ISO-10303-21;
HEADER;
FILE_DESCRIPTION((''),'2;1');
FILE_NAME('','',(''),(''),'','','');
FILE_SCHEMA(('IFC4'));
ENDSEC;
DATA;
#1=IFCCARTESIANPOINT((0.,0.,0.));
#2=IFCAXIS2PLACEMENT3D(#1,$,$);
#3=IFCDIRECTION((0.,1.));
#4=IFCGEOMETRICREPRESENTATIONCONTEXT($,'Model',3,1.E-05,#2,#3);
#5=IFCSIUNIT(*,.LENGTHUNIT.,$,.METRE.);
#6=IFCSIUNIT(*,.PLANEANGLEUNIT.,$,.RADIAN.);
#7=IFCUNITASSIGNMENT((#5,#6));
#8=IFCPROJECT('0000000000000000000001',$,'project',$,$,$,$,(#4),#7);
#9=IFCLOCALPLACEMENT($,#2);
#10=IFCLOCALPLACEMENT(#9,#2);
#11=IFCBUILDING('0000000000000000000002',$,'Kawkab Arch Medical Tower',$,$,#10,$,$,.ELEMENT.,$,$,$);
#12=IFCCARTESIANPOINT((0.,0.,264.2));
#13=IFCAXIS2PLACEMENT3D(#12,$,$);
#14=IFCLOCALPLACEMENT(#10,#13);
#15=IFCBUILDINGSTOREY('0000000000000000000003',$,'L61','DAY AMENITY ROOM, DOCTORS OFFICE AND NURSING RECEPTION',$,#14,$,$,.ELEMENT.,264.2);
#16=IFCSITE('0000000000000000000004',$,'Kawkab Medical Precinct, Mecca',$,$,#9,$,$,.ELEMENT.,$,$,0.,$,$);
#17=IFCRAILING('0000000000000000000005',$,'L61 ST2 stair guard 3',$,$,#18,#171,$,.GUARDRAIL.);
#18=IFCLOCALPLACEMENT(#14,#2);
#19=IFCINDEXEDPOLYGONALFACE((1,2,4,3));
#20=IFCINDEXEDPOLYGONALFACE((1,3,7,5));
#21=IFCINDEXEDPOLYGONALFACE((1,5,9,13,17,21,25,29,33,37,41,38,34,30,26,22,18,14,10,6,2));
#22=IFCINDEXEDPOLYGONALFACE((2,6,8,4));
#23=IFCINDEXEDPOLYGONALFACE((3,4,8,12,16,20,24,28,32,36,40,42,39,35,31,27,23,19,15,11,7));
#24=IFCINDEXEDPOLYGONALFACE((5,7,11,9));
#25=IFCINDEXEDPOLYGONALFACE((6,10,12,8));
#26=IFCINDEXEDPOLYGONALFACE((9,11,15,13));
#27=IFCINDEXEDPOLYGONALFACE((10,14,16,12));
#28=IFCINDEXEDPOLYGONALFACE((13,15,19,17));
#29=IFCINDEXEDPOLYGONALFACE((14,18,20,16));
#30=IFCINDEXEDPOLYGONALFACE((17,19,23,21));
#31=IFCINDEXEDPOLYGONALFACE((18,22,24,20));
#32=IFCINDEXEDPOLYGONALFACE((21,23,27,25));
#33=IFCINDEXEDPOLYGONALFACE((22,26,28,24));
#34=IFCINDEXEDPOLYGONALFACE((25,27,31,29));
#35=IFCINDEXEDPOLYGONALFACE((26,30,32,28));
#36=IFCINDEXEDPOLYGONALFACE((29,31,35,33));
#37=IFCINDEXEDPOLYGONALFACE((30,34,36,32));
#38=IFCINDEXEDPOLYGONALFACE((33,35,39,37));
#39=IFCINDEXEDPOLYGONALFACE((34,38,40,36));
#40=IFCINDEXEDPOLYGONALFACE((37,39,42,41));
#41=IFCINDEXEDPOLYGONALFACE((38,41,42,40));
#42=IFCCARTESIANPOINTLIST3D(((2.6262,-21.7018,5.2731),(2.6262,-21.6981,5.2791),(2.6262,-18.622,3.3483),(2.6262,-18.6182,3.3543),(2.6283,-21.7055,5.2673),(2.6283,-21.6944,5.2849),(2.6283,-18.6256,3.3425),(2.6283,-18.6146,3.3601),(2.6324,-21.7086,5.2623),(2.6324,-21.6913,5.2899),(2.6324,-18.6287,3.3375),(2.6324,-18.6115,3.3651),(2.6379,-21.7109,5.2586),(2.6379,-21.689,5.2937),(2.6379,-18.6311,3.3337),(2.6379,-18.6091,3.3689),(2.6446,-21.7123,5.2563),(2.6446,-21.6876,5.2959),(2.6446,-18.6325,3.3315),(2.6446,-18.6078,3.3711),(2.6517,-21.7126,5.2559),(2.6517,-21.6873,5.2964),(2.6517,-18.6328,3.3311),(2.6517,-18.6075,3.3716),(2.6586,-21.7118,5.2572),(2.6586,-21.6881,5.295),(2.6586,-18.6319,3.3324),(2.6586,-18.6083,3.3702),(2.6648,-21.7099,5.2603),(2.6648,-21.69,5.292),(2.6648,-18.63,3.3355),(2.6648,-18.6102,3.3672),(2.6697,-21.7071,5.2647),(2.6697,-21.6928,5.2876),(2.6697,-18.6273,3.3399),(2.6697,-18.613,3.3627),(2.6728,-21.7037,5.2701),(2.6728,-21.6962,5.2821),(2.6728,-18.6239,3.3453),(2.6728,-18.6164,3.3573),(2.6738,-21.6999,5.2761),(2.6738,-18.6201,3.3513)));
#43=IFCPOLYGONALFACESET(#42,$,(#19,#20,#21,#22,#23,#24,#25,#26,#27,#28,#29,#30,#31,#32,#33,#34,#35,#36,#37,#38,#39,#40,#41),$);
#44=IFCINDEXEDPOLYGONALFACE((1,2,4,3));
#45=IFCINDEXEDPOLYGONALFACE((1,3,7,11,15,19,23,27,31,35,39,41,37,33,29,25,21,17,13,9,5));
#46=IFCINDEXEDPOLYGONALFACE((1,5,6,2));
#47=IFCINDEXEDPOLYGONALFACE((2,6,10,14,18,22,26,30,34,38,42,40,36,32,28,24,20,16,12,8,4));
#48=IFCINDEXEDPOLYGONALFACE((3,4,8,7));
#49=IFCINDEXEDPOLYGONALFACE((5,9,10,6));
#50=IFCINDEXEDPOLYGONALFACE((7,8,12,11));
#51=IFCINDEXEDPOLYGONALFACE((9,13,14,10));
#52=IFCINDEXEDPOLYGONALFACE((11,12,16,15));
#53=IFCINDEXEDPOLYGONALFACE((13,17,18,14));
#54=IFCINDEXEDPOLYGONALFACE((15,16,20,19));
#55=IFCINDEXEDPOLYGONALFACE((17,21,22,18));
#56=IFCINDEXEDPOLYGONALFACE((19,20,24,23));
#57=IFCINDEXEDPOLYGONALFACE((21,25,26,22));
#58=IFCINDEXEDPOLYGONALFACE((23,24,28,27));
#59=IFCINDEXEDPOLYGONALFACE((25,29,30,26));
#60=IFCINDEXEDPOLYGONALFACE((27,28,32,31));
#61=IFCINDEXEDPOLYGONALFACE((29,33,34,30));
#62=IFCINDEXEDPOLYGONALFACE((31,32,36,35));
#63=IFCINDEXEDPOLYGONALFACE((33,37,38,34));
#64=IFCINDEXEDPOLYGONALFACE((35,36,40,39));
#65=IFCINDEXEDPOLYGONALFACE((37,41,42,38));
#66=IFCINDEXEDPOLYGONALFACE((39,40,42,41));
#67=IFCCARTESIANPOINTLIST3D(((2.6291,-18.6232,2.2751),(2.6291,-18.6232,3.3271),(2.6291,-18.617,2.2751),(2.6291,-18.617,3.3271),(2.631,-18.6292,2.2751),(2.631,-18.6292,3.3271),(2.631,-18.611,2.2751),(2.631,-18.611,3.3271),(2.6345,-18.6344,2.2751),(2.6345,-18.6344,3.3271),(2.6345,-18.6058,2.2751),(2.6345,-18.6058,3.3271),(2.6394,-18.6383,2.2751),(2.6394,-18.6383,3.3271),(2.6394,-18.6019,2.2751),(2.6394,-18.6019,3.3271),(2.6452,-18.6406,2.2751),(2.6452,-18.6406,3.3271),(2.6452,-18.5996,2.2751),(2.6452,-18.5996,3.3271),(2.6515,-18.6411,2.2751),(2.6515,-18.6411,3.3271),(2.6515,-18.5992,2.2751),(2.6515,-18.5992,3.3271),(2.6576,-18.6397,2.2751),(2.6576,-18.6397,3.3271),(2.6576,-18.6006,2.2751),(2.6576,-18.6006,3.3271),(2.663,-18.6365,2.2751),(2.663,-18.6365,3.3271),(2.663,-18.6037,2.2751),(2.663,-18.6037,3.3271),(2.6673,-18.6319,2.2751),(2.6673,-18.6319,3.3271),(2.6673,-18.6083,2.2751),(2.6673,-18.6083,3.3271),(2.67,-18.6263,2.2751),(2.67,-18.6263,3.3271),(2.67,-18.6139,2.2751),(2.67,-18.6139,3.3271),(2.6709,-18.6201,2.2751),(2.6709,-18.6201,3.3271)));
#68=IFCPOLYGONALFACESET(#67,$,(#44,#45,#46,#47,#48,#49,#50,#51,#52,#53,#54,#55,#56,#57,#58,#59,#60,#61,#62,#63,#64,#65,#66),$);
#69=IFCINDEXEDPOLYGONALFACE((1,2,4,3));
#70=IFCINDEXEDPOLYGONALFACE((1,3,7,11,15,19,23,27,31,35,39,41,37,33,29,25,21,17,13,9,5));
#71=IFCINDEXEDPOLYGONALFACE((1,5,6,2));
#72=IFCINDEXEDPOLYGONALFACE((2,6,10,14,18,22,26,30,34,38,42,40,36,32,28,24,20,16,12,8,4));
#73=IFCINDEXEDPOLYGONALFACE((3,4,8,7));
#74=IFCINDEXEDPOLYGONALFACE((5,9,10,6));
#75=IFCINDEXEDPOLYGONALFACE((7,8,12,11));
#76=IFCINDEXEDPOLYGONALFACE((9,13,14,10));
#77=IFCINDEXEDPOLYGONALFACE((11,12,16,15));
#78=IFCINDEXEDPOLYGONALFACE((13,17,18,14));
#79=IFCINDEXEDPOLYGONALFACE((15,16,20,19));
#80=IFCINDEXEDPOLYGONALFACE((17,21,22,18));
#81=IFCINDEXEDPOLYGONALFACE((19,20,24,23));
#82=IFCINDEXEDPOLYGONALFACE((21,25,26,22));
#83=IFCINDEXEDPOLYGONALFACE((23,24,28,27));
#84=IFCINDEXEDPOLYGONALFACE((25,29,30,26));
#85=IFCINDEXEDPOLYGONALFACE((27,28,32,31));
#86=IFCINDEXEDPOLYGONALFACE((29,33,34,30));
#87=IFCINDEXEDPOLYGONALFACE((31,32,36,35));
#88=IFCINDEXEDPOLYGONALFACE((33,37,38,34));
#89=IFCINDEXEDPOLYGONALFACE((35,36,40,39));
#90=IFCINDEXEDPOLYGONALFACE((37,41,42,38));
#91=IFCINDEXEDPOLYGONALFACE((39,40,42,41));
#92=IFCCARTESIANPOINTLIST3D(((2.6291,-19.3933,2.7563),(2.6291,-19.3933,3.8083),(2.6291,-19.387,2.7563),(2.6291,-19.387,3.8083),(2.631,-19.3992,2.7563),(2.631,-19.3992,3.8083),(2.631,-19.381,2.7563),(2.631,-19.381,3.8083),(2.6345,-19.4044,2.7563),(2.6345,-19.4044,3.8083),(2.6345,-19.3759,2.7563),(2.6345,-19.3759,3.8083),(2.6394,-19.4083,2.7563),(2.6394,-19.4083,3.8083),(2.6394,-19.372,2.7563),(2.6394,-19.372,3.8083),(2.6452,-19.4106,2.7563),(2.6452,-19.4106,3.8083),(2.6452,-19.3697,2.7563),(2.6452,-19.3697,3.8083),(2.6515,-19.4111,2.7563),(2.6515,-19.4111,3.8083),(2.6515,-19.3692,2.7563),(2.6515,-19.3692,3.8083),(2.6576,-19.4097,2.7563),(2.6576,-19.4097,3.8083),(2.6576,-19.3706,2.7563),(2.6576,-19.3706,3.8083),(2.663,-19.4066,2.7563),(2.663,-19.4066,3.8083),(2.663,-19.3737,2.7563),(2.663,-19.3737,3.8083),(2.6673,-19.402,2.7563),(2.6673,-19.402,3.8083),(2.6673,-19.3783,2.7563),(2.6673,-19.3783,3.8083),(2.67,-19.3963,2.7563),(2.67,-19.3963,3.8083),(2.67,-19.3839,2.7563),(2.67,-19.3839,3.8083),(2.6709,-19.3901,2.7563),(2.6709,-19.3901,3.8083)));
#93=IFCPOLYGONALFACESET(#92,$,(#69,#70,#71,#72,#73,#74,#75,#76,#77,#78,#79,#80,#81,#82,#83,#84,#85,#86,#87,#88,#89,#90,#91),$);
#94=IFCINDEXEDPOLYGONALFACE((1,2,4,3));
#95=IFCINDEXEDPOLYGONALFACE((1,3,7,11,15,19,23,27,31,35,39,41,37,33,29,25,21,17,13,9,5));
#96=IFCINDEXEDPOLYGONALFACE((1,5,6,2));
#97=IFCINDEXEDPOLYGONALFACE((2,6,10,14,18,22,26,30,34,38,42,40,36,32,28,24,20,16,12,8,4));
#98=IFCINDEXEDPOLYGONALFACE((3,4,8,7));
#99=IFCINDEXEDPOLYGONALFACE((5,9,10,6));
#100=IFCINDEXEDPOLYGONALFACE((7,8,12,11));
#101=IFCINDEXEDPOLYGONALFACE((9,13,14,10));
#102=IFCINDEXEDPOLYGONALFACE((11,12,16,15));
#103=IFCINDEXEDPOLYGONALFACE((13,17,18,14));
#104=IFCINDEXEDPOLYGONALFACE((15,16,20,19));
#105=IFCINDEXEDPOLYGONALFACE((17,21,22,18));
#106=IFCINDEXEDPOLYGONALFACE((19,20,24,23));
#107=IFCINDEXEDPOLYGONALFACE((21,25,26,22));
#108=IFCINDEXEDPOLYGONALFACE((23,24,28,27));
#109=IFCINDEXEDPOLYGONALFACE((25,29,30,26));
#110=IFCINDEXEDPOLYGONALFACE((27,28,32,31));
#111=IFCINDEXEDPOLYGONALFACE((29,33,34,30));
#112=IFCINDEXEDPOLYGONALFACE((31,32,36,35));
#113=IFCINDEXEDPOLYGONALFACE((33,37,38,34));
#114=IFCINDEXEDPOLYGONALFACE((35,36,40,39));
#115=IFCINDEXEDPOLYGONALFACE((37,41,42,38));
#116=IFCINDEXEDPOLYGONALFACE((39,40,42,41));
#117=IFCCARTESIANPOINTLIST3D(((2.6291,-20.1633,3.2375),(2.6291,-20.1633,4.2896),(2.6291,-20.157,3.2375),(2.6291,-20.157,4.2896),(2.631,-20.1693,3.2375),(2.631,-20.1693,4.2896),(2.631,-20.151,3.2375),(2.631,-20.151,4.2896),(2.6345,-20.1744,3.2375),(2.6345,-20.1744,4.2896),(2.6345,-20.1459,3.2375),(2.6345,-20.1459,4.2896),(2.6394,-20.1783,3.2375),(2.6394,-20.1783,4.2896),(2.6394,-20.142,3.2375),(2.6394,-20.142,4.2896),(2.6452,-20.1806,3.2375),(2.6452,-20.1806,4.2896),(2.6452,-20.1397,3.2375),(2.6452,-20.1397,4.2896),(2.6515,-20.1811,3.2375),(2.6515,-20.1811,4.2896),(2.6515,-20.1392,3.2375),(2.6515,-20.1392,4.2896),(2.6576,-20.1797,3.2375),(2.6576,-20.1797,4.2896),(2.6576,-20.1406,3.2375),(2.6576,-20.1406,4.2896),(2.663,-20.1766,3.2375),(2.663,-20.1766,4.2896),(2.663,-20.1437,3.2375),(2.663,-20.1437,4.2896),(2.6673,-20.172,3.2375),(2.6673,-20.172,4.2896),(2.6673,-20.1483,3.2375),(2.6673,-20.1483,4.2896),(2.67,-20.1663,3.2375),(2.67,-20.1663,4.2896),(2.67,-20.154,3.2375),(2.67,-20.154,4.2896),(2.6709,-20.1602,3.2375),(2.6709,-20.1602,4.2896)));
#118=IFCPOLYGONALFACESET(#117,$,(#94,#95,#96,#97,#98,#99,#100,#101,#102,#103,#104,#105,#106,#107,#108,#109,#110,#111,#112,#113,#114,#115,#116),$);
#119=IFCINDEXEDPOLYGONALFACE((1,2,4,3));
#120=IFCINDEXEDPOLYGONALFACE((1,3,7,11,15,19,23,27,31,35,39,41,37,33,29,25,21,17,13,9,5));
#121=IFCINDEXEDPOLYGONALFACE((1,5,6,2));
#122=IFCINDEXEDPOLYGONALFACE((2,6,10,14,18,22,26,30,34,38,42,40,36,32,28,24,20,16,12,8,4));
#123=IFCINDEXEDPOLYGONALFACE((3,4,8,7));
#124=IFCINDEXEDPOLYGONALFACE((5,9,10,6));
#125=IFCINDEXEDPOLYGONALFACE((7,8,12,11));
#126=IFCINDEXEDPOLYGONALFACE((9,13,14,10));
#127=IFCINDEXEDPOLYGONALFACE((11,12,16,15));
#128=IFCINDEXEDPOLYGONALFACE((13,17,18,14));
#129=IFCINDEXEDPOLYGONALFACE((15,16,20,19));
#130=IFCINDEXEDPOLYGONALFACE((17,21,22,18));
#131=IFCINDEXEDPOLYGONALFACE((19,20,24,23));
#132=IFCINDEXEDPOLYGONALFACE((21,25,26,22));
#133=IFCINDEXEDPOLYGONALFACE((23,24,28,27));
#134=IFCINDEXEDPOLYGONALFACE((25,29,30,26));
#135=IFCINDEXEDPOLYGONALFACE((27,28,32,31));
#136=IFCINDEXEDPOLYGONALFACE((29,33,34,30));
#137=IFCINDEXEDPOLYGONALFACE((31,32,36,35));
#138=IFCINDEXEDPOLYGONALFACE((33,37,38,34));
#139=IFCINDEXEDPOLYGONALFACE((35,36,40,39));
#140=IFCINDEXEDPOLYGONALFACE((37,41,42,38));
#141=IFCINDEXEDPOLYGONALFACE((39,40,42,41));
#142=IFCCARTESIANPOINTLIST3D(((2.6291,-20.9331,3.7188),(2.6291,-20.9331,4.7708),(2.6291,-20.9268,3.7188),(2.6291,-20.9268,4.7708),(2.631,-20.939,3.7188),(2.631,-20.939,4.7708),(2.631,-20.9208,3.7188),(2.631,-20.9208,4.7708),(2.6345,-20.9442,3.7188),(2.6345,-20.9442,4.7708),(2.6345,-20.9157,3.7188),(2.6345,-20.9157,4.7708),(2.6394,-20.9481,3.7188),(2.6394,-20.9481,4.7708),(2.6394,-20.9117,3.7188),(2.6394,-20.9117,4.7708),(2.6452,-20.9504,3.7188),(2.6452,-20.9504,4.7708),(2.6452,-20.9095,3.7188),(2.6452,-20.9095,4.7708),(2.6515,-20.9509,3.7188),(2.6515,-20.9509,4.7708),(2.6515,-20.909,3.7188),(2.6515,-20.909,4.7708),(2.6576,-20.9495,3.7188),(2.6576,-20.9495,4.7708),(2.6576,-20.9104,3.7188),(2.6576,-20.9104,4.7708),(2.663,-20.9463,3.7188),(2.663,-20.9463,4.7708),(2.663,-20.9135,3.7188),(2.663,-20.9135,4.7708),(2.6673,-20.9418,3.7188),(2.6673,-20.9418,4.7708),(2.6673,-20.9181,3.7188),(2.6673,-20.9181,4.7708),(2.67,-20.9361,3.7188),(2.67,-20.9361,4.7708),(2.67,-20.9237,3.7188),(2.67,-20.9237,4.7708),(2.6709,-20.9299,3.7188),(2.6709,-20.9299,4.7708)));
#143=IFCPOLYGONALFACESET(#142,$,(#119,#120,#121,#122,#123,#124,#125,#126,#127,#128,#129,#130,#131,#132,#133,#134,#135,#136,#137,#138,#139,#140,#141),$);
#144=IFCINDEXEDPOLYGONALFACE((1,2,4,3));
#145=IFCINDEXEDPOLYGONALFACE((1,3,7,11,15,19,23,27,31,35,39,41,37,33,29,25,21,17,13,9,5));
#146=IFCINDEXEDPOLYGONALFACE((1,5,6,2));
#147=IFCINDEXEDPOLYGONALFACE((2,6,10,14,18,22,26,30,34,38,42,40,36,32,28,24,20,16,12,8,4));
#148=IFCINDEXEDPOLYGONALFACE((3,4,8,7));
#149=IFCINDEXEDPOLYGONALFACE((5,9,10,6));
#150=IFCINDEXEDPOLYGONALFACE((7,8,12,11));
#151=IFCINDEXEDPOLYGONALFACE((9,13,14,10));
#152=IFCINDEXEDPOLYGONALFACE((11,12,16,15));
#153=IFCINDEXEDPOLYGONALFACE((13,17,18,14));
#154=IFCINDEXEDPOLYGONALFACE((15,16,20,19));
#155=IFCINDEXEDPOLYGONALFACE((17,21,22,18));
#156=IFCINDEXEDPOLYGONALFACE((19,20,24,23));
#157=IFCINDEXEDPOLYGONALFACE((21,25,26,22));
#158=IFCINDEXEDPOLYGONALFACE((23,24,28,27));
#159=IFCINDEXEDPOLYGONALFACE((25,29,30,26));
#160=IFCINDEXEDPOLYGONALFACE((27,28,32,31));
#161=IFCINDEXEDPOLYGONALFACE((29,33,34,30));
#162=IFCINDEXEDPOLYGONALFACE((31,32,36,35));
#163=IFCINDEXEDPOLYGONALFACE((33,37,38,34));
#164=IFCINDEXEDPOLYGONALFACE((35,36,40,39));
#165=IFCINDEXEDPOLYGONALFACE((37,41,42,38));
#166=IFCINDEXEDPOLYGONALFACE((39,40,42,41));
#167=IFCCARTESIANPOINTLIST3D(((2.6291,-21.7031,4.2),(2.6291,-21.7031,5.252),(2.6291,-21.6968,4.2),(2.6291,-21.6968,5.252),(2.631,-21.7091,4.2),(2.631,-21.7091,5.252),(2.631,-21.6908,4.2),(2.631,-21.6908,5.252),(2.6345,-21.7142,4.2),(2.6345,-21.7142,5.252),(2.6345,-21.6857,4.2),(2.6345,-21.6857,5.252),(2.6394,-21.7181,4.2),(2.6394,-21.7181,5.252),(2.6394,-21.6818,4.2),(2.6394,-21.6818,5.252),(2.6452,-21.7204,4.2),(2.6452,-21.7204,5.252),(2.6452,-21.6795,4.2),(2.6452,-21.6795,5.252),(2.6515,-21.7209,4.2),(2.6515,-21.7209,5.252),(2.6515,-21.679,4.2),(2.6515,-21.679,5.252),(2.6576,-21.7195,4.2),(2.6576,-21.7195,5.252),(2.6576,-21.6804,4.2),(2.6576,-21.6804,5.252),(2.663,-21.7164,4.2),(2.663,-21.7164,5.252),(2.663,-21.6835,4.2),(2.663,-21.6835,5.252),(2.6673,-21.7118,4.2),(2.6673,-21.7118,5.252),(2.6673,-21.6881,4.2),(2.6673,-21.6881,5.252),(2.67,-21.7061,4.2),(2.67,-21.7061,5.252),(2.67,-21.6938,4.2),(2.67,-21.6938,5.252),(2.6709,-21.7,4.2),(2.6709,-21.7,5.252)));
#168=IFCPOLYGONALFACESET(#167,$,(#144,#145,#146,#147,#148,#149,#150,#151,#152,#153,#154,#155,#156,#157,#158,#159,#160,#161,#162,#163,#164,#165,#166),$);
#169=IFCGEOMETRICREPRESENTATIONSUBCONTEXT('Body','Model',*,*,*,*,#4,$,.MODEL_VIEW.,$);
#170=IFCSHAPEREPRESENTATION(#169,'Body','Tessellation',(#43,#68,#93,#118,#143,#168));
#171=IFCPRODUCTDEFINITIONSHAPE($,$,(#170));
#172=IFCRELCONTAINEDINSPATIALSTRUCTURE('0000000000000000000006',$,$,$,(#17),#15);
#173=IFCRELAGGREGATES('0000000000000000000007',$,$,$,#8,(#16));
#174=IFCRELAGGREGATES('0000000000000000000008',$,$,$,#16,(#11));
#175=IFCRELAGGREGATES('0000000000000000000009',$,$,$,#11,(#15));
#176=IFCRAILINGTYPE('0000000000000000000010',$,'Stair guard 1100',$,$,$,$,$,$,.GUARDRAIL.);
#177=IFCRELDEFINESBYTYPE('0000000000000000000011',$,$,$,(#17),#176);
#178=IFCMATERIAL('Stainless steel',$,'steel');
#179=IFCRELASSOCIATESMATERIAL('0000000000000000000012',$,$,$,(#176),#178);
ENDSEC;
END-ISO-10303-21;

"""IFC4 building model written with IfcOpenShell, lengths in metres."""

from ifc_helpers import new_model, si_unit, direction, frame, origin, origin_2d, place, context, subcontext, project, spatial, circle, extrude, material, type_object, element, save


model = new_model("IFC4")

# Units and contexts
model_context = context("Model", 3, precision=1e-05, world=origin(), true_north=direction((0.0, 1.0)))
body_context = subcontext(model_context, "Body", "Model", "MODEL_VIEW")
ifc_project = project(units=[si_unit("LENGTHUNIT", "METRE"), si_unit("PLANEANGLEUNIT", "RADIAN")], contexts=[model_context])

# Site, building, storey
site_placement = place(None, origin())
site = spatial("IfcSite", under=ifc_project, at=site_placement, Name="Kawkab Medical Precinct, Mecca", CompositionType="ELEMENT", RefElevation=0.0)
building_placement = place(site_placement, origin())
building = spatial("IfcBuilding", under=site, at=building_placement, Name="Kawkab Arch Medical Tower", CompositionType="ELEMENT")
storey_placement = place(building_placement, frame((0.0, 0.0, 264.2)))
storey = spatial("IfcBuildingStorey", under=building, at=storey_placement, Name="L61", Description="DAY AMENITY ROOM, DOCTORS OFFICE AND NURSING RECEPTION", CompositionType="ELEMENT", Elevation=264.2)

# Railing
ifc_material_1 = material(Name="Stainless steel", Category="steel")
railing_type_1 = type_object("IfcRailingType", Name="Stair guard 1100", PredefinedType="GUARDRAIL", material=ifc_material_1)
railing_1_placement = place(storey_placement, frame((2.6499, -18.6201, 2.2751)))
element("IfcRailing", 1, at=railing_1_placement, inside=storey, type_object=railing_type_1, Name="L61 ST2 stair guard 3", PredefinedType="GUARDRAIL", context=body_context, shape_type="SweptSolid", body=[
    extrude(circle(Radius=0.0239, at=origin_2d()), frame((0.0, 0.0, 1.0762), z_axis=(0.0, -0.84801, 0.529981), x_axis=(1.0, 0.0, 0.0)), (0.0, 0.0, 1.0), 3.6318),
    extrude(circle(Radius=0.021, at=origin_2d()), origin(), (0.0, 0.0, 1.0), 1.052),
    extrude(circle(Radius=0.021, at=origin_2d()), frame((0.0, -0.77, 0.4812)), (0.0, 0.0, 1.0), 1.052),
    extrude(circle(Radius=0.021, at=origin_2d()), frame((0.0, -1.54, 0.9624)), (0.0, 0.0, 1.0), 1.052),
    extrude(circle(Radius=0.021, at=origin_2d()), frame((0.0, -2.3098, 1.4436)), (0.0, 0.0, 1.0), 1.052),
    extrude(circle(Radius=0.021, at=origin_2d()), frame((0.0, -3.0798, 1.9248)), (0.0, 0.0, 1.0), 1.052),
])

save(model, "model.ifc")
